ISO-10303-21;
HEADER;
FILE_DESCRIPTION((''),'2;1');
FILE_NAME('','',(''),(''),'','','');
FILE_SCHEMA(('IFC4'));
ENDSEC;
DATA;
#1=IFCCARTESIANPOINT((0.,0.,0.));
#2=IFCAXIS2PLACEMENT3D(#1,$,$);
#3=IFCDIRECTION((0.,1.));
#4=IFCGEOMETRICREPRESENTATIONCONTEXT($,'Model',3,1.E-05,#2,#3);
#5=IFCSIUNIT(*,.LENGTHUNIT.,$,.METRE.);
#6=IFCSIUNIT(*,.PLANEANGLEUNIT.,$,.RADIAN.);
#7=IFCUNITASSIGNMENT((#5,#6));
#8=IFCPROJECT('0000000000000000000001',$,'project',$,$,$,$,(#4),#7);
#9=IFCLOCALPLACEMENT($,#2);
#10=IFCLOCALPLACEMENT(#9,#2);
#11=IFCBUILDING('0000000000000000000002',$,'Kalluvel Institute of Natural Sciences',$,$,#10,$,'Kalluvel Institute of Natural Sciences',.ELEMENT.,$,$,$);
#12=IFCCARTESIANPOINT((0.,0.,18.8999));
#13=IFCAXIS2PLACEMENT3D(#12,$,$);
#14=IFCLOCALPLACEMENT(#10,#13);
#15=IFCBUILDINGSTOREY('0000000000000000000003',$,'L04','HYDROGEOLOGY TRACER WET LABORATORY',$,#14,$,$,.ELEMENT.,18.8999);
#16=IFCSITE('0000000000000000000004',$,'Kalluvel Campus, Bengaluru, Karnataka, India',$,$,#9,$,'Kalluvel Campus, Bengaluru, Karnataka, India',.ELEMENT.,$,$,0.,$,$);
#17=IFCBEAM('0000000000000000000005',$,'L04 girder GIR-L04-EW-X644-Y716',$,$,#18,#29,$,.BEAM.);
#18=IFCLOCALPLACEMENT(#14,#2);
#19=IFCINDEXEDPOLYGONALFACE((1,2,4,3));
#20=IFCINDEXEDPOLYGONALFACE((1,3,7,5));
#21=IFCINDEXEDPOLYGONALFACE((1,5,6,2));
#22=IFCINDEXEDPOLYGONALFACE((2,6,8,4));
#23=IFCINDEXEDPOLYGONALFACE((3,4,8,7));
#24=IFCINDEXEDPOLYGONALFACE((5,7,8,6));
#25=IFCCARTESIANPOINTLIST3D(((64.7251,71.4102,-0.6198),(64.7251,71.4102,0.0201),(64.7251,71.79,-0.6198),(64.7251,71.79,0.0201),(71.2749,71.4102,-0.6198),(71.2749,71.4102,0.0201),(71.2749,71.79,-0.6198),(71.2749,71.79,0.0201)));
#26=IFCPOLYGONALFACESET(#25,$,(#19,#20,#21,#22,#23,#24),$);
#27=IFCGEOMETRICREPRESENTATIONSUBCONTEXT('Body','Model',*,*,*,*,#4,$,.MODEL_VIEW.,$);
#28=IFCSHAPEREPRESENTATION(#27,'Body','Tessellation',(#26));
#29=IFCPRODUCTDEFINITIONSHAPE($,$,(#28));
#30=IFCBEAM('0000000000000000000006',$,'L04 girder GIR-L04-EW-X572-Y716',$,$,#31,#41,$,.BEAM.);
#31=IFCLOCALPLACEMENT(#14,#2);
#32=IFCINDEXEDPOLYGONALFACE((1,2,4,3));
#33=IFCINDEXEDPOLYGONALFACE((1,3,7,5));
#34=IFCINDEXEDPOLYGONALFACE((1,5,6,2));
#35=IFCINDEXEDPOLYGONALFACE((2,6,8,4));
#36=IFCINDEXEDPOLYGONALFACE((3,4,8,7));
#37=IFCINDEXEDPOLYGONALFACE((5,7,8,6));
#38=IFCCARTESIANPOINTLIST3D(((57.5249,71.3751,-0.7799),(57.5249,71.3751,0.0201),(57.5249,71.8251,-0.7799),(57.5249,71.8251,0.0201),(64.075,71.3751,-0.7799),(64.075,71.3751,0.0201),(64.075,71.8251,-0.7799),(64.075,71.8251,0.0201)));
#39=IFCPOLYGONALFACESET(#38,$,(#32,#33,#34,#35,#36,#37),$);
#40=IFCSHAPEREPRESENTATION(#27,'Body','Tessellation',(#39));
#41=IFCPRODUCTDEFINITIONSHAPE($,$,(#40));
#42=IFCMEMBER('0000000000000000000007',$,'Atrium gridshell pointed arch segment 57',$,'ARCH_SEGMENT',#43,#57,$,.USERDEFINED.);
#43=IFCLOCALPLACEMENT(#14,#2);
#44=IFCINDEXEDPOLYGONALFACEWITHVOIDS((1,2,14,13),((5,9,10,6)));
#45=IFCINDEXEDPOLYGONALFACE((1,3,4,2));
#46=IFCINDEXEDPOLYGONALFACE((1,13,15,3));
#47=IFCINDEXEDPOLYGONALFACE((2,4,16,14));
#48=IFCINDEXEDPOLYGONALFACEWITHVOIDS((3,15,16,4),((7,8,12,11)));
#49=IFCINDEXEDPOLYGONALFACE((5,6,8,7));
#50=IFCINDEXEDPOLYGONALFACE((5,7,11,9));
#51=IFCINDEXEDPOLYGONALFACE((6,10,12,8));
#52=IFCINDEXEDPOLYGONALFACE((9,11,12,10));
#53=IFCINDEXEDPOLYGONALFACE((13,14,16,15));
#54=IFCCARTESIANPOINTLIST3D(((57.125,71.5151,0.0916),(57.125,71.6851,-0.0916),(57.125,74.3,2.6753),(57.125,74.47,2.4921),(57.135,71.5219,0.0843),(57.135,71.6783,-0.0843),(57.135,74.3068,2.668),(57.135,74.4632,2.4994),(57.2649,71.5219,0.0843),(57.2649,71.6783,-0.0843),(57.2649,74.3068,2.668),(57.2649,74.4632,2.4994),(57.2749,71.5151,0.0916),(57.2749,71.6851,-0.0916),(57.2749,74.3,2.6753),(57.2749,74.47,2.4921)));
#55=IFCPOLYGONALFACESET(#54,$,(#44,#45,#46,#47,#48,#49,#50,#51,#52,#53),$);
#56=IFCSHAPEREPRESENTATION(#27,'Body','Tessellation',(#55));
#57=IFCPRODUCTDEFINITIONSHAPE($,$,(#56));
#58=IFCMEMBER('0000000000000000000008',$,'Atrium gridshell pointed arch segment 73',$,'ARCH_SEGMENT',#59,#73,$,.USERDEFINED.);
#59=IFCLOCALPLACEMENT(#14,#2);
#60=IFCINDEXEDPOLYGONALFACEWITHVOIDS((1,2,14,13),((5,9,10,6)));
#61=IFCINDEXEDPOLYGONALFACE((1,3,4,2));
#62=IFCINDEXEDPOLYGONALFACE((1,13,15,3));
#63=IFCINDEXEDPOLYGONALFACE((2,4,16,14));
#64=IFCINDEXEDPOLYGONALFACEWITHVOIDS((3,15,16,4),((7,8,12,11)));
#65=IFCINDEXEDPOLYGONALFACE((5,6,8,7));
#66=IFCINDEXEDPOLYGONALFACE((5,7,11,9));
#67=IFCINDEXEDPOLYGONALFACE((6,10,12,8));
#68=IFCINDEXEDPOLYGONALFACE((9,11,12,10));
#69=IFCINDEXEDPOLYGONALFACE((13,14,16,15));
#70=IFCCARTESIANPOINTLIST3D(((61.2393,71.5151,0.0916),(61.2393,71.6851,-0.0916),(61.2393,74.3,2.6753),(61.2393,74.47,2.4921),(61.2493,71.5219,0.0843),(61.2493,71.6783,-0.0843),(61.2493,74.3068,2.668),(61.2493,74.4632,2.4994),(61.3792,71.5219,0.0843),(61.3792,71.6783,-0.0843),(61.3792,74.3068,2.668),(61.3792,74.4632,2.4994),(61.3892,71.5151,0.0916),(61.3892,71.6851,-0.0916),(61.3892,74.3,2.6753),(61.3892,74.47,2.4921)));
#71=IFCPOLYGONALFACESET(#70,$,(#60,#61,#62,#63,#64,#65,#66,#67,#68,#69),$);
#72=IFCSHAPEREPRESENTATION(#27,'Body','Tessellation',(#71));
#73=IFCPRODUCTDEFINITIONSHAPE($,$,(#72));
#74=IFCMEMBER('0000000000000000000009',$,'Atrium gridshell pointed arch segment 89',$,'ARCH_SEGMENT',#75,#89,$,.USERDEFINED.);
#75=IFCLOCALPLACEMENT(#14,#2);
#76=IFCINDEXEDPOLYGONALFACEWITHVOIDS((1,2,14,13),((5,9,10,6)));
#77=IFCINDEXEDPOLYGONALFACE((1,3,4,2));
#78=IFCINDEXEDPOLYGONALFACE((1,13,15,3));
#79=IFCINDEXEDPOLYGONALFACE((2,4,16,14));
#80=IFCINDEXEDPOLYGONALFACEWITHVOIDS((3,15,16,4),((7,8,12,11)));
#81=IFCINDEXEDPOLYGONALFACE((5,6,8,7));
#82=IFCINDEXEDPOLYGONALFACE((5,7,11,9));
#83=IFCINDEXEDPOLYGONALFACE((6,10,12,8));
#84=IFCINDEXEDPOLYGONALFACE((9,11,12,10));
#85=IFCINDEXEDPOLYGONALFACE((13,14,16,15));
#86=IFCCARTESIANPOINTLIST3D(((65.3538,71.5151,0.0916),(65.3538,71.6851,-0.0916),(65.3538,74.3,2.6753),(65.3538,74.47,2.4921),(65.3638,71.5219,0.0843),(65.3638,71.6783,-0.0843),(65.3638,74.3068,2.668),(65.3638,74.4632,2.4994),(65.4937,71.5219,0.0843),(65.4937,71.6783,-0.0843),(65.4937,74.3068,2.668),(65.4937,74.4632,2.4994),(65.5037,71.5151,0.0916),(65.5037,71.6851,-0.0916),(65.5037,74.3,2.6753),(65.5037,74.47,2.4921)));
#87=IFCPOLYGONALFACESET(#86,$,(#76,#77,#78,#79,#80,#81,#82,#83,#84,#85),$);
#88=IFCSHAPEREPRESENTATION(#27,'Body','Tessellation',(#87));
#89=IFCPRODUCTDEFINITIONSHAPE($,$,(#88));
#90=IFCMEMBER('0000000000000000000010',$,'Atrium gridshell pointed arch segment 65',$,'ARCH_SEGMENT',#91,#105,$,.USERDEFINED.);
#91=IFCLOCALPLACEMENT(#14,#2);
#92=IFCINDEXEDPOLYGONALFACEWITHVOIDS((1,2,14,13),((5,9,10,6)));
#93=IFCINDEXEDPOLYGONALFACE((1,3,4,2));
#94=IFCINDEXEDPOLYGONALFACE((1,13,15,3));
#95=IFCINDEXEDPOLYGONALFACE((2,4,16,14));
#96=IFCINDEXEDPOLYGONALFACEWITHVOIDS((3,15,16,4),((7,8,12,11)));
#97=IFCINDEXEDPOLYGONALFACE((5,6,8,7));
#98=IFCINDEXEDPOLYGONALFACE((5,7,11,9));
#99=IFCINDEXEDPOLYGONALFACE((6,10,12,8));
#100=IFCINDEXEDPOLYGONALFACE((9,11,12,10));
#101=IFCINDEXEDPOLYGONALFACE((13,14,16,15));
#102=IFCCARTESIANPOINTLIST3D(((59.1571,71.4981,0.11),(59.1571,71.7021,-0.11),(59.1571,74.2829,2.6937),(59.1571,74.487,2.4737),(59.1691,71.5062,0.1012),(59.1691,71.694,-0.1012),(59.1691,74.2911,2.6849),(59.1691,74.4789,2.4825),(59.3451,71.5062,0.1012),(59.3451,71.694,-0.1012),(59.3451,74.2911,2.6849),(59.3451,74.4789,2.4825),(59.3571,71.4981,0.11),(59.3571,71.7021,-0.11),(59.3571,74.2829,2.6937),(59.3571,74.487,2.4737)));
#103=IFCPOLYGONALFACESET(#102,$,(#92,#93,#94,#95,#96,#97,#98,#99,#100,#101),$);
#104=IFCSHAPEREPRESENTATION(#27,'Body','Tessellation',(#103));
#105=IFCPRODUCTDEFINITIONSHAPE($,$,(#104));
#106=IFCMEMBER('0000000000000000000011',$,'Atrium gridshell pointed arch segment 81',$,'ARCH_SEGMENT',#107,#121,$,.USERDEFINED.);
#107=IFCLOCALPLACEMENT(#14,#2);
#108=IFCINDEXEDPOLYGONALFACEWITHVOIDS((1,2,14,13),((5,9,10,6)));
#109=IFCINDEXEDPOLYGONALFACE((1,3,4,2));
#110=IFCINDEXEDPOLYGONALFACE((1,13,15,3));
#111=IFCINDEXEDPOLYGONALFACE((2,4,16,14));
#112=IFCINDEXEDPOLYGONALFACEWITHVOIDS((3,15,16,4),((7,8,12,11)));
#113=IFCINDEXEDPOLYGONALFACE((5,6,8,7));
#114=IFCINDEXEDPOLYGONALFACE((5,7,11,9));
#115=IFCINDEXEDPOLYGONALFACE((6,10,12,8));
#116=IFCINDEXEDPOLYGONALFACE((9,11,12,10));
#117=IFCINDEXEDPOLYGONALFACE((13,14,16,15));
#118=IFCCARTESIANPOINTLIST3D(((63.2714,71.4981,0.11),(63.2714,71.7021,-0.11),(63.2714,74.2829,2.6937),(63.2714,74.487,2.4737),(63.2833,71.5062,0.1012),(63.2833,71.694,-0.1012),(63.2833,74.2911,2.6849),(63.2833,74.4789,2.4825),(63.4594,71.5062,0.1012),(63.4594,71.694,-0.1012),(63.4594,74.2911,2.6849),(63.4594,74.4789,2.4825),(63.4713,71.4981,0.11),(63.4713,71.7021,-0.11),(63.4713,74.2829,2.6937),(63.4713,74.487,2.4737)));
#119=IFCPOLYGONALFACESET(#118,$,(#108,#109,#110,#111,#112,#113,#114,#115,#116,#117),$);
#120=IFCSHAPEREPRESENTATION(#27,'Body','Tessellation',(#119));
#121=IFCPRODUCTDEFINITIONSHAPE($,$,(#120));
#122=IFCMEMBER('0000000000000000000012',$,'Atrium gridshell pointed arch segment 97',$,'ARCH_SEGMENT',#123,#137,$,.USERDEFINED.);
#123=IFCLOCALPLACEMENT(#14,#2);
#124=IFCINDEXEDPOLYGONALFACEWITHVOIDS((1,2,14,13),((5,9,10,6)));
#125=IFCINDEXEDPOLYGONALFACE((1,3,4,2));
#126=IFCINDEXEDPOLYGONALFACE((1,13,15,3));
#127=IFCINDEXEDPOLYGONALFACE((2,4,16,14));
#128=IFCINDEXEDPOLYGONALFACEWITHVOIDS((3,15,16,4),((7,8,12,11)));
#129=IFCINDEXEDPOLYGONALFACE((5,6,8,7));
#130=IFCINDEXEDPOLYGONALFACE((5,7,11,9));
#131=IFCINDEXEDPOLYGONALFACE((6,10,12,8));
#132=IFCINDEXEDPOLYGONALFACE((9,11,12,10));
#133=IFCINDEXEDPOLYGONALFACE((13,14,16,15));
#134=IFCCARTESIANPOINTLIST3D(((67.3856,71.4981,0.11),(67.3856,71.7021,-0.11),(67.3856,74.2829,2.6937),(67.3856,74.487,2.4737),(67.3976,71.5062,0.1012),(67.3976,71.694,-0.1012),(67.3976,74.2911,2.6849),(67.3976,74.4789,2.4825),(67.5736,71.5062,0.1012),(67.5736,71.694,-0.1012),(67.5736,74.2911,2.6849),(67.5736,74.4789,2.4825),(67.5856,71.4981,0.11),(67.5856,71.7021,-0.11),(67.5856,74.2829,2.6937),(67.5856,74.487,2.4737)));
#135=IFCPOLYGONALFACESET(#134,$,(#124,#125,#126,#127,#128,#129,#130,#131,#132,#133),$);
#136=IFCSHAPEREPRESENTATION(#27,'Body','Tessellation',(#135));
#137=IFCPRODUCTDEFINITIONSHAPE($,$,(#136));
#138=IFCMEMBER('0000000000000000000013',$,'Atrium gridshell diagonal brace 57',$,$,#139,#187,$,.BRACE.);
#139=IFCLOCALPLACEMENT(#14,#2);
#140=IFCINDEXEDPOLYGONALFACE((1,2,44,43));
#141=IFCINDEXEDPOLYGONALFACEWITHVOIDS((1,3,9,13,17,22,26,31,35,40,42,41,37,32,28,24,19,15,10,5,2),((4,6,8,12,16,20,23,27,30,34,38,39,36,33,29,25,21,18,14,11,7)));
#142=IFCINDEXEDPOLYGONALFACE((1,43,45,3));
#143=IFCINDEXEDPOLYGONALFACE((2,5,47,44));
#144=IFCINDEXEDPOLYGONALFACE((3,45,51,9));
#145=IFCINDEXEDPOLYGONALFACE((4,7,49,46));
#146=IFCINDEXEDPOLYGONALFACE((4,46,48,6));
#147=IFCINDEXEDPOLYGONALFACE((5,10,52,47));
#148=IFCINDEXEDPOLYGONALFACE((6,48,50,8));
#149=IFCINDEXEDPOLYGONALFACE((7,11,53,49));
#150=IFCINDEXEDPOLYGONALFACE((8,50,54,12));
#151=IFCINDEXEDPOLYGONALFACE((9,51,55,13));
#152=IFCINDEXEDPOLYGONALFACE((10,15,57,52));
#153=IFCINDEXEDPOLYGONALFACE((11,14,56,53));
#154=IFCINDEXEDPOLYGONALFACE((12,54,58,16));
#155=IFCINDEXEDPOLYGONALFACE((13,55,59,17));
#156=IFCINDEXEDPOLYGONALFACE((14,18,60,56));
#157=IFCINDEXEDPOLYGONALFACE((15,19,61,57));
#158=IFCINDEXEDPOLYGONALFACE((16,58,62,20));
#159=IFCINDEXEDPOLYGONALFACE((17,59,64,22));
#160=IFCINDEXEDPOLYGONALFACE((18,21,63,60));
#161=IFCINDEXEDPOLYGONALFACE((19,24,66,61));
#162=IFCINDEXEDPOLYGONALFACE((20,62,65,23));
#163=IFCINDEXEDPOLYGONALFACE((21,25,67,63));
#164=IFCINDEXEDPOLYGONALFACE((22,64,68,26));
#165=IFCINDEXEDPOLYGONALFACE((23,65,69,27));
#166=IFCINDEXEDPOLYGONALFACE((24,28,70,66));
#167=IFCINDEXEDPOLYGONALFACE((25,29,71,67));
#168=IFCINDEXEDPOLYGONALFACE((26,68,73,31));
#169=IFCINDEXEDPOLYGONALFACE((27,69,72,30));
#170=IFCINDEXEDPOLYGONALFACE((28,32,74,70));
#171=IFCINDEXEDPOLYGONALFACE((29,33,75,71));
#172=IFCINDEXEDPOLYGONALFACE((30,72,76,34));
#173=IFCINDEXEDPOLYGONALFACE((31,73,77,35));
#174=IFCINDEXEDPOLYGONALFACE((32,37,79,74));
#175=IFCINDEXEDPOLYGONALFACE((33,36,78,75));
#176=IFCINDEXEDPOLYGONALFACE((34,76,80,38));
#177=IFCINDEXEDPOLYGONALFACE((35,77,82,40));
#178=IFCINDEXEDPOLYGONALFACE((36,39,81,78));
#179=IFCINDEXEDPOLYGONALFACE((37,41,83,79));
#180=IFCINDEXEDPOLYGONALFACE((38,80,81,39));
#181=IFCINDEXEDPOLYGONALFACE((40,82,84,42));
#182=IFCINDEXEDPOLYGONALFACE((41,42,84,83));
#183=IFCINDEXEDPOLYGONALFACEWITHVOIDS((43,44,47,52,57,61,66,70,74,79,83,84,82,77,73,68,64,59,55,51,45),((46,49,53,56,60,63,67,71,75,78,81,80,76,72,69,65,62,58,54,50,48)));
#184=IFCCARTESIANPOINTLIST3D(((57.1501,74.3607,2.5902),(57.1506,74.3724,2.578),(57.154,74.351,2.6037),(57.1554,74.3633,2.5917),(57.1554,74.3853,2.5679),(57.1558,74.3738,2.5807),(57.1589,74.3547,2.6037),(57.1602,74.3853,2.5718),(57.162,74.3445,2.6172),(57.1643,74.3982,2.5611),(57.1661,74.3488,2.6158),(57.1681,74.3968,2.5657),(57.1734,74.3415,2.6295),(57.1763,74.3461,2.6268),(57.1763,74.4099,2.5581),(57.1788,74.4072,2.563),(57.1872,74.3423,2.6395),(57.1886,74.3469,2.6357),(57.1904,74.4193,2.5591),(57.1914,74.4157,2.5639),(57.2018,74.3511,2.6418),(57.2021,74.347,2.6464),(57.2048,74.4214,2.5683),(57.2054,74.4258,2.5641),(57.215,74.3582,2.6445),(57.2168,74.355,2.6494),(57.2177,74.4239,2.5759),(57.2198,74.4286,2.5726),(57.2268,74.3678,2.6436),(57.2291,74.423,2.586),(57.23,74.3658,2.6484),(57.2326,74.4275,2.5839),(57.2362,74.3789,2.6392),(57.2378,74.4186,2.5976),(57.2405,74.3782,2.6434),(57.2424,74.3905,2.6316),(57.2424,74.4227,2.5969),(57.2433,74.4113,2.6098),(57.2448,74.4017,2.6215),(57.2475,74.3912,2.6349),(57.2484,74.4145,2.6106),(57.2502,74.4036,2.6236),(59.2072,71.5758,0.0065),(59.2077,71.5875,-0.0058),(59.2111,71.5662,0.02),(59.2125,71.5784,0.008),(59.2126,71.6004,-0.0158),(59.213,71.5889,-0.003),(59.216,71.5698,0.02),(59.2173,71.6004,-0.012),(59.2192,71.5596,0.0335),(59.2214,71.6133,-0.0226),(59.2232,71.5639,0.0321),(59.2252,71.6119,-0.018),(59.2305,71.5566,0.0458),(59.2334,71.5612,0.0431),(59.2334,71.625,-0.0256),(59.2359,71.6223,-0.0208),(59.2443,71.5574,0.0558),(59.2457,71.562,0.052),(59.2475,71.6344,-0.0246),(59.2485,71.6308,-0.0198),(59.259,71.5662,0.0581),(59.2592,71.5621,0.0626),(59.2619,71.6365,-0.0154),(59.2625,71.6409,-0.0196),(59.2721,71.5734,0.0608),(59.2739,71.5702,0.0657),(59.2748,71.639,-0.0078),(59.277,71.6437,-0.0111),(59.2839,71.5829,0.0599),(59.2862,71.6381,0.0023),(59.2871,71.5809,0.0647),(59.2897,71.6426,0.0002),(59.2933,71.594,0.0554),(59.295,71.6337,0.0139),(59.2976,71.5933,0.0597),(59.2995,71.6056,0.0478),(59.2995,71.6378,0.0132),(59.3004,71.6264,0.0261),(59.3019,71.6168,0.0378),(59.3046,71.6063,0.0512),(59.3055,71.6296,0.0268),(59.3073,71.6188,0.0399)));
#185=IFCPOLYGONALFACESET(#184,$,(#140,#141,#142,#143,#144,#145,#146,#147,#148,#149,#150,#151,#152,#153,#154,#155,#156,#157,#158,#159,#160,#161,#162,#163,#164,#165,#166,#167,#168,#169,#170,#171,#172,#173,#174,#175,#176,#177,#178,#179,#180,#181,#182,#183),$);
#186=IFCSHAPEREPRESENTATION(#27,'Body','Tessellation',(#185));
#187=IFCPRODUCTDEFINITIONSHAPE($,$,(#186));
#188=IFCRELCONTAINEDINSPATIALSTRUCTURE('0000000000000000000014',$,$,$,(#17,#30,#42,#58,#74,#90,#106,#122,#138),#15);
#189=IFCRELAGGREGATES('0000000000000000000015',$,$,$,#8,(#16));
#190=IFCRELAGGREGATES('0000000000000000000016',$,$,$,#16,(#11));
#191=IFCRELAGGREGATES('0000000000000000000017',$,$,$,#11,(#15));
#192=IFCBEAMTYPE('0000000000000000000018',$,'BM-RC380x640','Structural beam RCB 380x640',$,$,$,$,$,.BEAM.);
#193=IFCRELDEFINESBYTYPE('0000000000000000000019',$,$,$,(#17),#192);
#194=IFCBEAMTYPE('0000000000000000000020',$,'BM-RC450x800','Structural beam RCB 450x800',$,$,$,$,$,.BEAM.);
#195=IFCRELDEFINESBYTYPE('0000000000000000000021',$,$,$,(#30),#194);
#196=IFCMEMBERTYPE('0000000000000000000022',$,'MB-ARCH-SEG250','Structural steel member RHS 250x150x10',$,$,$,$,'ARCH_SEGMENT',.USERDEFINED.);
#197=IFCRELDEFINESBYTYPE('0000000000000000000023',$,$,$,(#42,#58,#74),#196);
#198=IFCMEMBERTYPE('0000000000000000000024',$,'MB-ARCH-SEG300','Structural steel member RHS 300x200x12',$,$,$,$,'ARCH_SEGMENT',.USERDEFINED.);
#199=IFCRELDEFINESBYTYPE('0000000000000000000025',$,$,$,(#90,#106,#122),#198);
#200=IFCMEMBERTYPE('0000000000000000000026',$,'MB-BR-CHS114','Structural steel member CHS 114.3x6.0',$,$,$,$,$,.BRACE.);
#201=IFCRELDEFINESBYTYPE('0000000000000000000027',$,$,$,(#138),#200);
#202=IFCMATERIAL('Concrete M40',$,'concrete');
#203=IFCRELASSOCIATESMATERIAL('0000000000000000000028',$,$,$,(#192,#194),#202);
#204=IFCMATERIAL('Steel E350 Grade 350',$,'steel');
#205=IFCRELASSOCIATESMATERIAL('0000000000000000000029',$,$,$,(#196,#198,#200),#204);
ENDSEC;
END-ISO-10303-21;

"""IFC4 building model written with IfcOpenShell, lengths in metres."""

from ifc_helpers import new_model, si_unit, direction, frame, origin, origin_2d, place, context, subcontext, project, spatial, rectangle, hollow_rectangle, hollow_circle, extrude, material, material_profile, profile_set, type_object, element, save


model = new_model("IFC4")

# Units and contexts
model_context = context("Model", 3, precision=1e-05, world=origin(), true_north=direction((0.0, 1.0)))
body_context = subcontext(model_context, "Body", "Model", "MODEL_VIEW")
ifc_project = project(units=[si_unit("LENGTHUNIT", "METRE"), si_unit("PLANEANGLEUNIT", "RADIAN")], contexts=[model_context])

# Site, building, storey
site_placement = place(None, origin())
site = spatial("IfcSite", under=ifc_project, at=site_placement, Name="Kalluvel Campus, Bengaluru, Karnataka, India", LongName="Kalluvel Campus, Bengaluru, Karnataka, India", CompositionType="ELEMENT", RefElevation=0.0)
building_placement = place(site_placement, origin())
building = spatial("IfcBuilding", under=site, at=building_placement, Name="Kalluvel Institute of Natural Sciences", LongName="Kalluvel Institute of Natural Sciences", CompositionType="ELEMENT")
storey_placement = place(building_placement, frame((0.0, 0.0, 18.8999)))
storey = spatial("IfcBuildingStorey", under=building, at=storey_placement, Name="L04", Description="HYDROGEOLOGY TRACER WET LABORATORY", CompositionType="ELEMENT", Elevation=18.8999)

# Beams
ifc_material_1 = material(Name="Concrete M40", Category="concrete")
ifc_material_profile_1 = material_profile(ifc_material_1, rectangle(XDim=0.3799, YDim=0.6399, at=origin_2d()), Name="RCB 380x640")
ifc_profile_set_1 = profile_set([ifc_material_profile_1], Name="Concrete M40")
beam_type_1 = type_object("IfcBeamType", Name="BM-RC380x640", Description="Structural beam RCB 380x640", PredefinedType="BEAM", material=ifc_profile_set_1)
beam_1_placement = place(storey_placement, frame((64.7251, 71.6001, -0.2998), z_axis=(1.0, 0.0, 0.0), x_axis=(0.0, 1.0, 0.0)))
element("IfcBeam", 1, at=beam_1_placement, inside=storey, type_object=beam_type_1, Name="L04 girder GIR-L04-EW-X644-Y716", PredefinedType="BEAM", context=body_context, shape_type="SweptSolid", body=[
    extrude(rectangle(XDim=0.3799, YDim=0.6399, at=origin_2d()), origin(), (0.0, 0.0, 1.0), 6.5498),
])
ifc_material_profile_2 = material_profile(ifc_material_1, rectangle(XDim=0.45, YDim=0.8, at=origin_2d()), Name="RCB 450x800")
ifc_profile_set_2 = profile_set([ifc_material_profile_2], Name="Concrete M40")
beam_type_2 = type_object("IfcBeamType", Name="BM-RC450x800", Description="Structural beam RCB 450x800", PredefinedType="BEAM", material=ifc_profile_set_2)
beam_2_placement = place(storey_placement, frame((57.5249, 71.6001, -0.3799), z_axis=(1.0, 0.0, 0.0), x_axis=(0.0, 1.0, 0.0)))
element("IfcBeam", 2, at=beam_2_placement, inside=storey, type_object=beam_type_2, Name="L04 girder GIR-L04-EW-X572-Y716", PredefinedType="BEAM", context=body_context, shape_type="SweptSolid", body=[
    extrude(rectangle(XDim=0.45, YDim=0.8, at=origin_2d()), origin(), (0.0, 0.0, 1.0), 6.55),
])

# Members
ifc_material_2 = material(Name="Steel E350 Grade 350", Category="steel")
ifc_material_profile_3 = material_profile(ifc_material_2, hollow_rectangle(XDim=0.1499, YDim=0.25, WallThickness=0.01, at=origin_2d()), Name="RHS 250x150x10")
ifc_profile_set_3 = profile_set([ifc_material_profile_3], Name="Steel E350 Grade 350")
member_type_1 = type_object("IfcMemberType", Name="MB-ARCH-SEG250", Description="Structural steel member RHS 250x150x10", ElementType="ARCH_SEGMENT", PredefinedType="USERDEFINED", material=ifc_profile_set_3)
for number, where, z_axis, x_axis, name in (
    (3, (57.2, 71.6001, 0.0), (0.0, 0.733089, 0.680133), (-1.0, 0.0, 0.0), "Atrium gridshell pointed arch segment 57"),
    (4, (61.3142, 71.6001, 0.0), (0.0, 0.733089, 0.680133), (-1.0, 0.0, 0.0), "Atrium gridshell pointed arch segment 73"),
    (5, (65.4287, 71.6001, 0.0), (0.0, 0.733089, 0.680133), (-1.0, 0.0, 0.0), "Atrium gridshell pointed arch segment 89"),
):
    element("IfcMember", number, at=place(storey_placement, frame(where, z_axis=z_axis, x_axis=x_axis)), inside=storey, type_object=member_type_1, Name=name, ObjectType="ARCH_SEGMENT", PredefinedType="USERDEFINED", context=body_context, shape_type="SweptSolid", body=[
        extrude(hollow_rectangle(XDim=0.1499, YDim=0.25, WallThickness=0.01, at=origin_2d()), origin(), (0.0, 0.0, 1.0), 3.7988),
    ])
ifc_material_profile_4 = material_profile(ifc_material_2, hollow_rectangle(XDim=0.2, YDim=0.3, WallThickness=0.012, at=origin_2d()), Name="RHS 300x200x12")
ifc_profile_set_4 = profile_set([ifc_material_profile_4], Name="Steel E350 Grade 350")
member_type_2 = type_object("IfcMemberType", Name="MB-ARCH-SEG300", Description="Structural steel member RHS 300x200x12", ElementType="ARCH_SEGMENT", PredefinedType="USERDEFINED", material=ifc_profile_set_4)
for number, where, z_axis, x_axis, name in (
    (6, (59.2571, 71.6001, 0.0), (0.0, 0.733089, 0.680133), (-1.0, 0.0, 0.0), "Atrium gridshell pointed arch segment 65"),
    (7, (63.3713, 71.6001, 0.0), (0.0, 0.733089, 0.680133), (-1.0, 0.0, 0.0), "Atrium gridshell pointed arch segment 81"),
    (8, (67.4856, 71.6001, 0.0), (0.0, 0.733089, 0.680133), (-1.0, 0.0, 0.0), "Atrium gridshell pointed arch segment 97"),
):
    element("IfcMember", number, at=place(storey_placement, frame(where, z_axis=z_axis, x_axis=x_axis)), inside=storey, type_object=member_type_2, Name=name, ObjectType="ARCH_SEGMENT", PredefinedType="USERDEFINED", context=body_context, shape_type="SweptSolid", body=[
        extrude(hollow_rectangle(XDim=0.2, YDim=0.3, WallThickness=0.012, at=origin_2d()), origin(), (0.0, 0.0, 1.0), 3.7988),
    ])
ifc_material_profile_5 = material_profile(ifc_material_2, hollow_circle(Radius=0.0571, WallThickness=0.0061, at=origin_2d()), Name="CHS 114.3x6.0")
ifc_profile_set_5 = profile_set([ifc_material_profile_5], Name="Steel E350 Grade 350")
member_type_3 = type_object("IfcMemberType", Name="MB-BR-CHS114", Description="Structural steel member CHS 114.3x6.0", PredefinedType="BRACE", material=ifc_profile_set_5)
for number, where, z_axis, x_axis, name in (
    (9, (59.2571, 71.6001, 0.02), (-0.476177, 0.644641, 0.598075), (-0.804353, -0.594151, 0.0), "Atrium gridshell diagonal brace 57"),
):
    element("IfcMember", number, at=place(storey_placement, frame(where, z_axis=z_axis, x_axis=x_axis)), inside=storey, type_object=member_type_3, Name=name, PredefinedType="BRACE", context=body_context, shape_type="SweptSolid", body=[
        extrude(hollow_circle(Radius=0.0571, WallThickness=0.0061, at=origin_2d()), origin(), (0.0, 0.0, 1.0), 4.3201),
    ])

save(model, "model.ifc")
